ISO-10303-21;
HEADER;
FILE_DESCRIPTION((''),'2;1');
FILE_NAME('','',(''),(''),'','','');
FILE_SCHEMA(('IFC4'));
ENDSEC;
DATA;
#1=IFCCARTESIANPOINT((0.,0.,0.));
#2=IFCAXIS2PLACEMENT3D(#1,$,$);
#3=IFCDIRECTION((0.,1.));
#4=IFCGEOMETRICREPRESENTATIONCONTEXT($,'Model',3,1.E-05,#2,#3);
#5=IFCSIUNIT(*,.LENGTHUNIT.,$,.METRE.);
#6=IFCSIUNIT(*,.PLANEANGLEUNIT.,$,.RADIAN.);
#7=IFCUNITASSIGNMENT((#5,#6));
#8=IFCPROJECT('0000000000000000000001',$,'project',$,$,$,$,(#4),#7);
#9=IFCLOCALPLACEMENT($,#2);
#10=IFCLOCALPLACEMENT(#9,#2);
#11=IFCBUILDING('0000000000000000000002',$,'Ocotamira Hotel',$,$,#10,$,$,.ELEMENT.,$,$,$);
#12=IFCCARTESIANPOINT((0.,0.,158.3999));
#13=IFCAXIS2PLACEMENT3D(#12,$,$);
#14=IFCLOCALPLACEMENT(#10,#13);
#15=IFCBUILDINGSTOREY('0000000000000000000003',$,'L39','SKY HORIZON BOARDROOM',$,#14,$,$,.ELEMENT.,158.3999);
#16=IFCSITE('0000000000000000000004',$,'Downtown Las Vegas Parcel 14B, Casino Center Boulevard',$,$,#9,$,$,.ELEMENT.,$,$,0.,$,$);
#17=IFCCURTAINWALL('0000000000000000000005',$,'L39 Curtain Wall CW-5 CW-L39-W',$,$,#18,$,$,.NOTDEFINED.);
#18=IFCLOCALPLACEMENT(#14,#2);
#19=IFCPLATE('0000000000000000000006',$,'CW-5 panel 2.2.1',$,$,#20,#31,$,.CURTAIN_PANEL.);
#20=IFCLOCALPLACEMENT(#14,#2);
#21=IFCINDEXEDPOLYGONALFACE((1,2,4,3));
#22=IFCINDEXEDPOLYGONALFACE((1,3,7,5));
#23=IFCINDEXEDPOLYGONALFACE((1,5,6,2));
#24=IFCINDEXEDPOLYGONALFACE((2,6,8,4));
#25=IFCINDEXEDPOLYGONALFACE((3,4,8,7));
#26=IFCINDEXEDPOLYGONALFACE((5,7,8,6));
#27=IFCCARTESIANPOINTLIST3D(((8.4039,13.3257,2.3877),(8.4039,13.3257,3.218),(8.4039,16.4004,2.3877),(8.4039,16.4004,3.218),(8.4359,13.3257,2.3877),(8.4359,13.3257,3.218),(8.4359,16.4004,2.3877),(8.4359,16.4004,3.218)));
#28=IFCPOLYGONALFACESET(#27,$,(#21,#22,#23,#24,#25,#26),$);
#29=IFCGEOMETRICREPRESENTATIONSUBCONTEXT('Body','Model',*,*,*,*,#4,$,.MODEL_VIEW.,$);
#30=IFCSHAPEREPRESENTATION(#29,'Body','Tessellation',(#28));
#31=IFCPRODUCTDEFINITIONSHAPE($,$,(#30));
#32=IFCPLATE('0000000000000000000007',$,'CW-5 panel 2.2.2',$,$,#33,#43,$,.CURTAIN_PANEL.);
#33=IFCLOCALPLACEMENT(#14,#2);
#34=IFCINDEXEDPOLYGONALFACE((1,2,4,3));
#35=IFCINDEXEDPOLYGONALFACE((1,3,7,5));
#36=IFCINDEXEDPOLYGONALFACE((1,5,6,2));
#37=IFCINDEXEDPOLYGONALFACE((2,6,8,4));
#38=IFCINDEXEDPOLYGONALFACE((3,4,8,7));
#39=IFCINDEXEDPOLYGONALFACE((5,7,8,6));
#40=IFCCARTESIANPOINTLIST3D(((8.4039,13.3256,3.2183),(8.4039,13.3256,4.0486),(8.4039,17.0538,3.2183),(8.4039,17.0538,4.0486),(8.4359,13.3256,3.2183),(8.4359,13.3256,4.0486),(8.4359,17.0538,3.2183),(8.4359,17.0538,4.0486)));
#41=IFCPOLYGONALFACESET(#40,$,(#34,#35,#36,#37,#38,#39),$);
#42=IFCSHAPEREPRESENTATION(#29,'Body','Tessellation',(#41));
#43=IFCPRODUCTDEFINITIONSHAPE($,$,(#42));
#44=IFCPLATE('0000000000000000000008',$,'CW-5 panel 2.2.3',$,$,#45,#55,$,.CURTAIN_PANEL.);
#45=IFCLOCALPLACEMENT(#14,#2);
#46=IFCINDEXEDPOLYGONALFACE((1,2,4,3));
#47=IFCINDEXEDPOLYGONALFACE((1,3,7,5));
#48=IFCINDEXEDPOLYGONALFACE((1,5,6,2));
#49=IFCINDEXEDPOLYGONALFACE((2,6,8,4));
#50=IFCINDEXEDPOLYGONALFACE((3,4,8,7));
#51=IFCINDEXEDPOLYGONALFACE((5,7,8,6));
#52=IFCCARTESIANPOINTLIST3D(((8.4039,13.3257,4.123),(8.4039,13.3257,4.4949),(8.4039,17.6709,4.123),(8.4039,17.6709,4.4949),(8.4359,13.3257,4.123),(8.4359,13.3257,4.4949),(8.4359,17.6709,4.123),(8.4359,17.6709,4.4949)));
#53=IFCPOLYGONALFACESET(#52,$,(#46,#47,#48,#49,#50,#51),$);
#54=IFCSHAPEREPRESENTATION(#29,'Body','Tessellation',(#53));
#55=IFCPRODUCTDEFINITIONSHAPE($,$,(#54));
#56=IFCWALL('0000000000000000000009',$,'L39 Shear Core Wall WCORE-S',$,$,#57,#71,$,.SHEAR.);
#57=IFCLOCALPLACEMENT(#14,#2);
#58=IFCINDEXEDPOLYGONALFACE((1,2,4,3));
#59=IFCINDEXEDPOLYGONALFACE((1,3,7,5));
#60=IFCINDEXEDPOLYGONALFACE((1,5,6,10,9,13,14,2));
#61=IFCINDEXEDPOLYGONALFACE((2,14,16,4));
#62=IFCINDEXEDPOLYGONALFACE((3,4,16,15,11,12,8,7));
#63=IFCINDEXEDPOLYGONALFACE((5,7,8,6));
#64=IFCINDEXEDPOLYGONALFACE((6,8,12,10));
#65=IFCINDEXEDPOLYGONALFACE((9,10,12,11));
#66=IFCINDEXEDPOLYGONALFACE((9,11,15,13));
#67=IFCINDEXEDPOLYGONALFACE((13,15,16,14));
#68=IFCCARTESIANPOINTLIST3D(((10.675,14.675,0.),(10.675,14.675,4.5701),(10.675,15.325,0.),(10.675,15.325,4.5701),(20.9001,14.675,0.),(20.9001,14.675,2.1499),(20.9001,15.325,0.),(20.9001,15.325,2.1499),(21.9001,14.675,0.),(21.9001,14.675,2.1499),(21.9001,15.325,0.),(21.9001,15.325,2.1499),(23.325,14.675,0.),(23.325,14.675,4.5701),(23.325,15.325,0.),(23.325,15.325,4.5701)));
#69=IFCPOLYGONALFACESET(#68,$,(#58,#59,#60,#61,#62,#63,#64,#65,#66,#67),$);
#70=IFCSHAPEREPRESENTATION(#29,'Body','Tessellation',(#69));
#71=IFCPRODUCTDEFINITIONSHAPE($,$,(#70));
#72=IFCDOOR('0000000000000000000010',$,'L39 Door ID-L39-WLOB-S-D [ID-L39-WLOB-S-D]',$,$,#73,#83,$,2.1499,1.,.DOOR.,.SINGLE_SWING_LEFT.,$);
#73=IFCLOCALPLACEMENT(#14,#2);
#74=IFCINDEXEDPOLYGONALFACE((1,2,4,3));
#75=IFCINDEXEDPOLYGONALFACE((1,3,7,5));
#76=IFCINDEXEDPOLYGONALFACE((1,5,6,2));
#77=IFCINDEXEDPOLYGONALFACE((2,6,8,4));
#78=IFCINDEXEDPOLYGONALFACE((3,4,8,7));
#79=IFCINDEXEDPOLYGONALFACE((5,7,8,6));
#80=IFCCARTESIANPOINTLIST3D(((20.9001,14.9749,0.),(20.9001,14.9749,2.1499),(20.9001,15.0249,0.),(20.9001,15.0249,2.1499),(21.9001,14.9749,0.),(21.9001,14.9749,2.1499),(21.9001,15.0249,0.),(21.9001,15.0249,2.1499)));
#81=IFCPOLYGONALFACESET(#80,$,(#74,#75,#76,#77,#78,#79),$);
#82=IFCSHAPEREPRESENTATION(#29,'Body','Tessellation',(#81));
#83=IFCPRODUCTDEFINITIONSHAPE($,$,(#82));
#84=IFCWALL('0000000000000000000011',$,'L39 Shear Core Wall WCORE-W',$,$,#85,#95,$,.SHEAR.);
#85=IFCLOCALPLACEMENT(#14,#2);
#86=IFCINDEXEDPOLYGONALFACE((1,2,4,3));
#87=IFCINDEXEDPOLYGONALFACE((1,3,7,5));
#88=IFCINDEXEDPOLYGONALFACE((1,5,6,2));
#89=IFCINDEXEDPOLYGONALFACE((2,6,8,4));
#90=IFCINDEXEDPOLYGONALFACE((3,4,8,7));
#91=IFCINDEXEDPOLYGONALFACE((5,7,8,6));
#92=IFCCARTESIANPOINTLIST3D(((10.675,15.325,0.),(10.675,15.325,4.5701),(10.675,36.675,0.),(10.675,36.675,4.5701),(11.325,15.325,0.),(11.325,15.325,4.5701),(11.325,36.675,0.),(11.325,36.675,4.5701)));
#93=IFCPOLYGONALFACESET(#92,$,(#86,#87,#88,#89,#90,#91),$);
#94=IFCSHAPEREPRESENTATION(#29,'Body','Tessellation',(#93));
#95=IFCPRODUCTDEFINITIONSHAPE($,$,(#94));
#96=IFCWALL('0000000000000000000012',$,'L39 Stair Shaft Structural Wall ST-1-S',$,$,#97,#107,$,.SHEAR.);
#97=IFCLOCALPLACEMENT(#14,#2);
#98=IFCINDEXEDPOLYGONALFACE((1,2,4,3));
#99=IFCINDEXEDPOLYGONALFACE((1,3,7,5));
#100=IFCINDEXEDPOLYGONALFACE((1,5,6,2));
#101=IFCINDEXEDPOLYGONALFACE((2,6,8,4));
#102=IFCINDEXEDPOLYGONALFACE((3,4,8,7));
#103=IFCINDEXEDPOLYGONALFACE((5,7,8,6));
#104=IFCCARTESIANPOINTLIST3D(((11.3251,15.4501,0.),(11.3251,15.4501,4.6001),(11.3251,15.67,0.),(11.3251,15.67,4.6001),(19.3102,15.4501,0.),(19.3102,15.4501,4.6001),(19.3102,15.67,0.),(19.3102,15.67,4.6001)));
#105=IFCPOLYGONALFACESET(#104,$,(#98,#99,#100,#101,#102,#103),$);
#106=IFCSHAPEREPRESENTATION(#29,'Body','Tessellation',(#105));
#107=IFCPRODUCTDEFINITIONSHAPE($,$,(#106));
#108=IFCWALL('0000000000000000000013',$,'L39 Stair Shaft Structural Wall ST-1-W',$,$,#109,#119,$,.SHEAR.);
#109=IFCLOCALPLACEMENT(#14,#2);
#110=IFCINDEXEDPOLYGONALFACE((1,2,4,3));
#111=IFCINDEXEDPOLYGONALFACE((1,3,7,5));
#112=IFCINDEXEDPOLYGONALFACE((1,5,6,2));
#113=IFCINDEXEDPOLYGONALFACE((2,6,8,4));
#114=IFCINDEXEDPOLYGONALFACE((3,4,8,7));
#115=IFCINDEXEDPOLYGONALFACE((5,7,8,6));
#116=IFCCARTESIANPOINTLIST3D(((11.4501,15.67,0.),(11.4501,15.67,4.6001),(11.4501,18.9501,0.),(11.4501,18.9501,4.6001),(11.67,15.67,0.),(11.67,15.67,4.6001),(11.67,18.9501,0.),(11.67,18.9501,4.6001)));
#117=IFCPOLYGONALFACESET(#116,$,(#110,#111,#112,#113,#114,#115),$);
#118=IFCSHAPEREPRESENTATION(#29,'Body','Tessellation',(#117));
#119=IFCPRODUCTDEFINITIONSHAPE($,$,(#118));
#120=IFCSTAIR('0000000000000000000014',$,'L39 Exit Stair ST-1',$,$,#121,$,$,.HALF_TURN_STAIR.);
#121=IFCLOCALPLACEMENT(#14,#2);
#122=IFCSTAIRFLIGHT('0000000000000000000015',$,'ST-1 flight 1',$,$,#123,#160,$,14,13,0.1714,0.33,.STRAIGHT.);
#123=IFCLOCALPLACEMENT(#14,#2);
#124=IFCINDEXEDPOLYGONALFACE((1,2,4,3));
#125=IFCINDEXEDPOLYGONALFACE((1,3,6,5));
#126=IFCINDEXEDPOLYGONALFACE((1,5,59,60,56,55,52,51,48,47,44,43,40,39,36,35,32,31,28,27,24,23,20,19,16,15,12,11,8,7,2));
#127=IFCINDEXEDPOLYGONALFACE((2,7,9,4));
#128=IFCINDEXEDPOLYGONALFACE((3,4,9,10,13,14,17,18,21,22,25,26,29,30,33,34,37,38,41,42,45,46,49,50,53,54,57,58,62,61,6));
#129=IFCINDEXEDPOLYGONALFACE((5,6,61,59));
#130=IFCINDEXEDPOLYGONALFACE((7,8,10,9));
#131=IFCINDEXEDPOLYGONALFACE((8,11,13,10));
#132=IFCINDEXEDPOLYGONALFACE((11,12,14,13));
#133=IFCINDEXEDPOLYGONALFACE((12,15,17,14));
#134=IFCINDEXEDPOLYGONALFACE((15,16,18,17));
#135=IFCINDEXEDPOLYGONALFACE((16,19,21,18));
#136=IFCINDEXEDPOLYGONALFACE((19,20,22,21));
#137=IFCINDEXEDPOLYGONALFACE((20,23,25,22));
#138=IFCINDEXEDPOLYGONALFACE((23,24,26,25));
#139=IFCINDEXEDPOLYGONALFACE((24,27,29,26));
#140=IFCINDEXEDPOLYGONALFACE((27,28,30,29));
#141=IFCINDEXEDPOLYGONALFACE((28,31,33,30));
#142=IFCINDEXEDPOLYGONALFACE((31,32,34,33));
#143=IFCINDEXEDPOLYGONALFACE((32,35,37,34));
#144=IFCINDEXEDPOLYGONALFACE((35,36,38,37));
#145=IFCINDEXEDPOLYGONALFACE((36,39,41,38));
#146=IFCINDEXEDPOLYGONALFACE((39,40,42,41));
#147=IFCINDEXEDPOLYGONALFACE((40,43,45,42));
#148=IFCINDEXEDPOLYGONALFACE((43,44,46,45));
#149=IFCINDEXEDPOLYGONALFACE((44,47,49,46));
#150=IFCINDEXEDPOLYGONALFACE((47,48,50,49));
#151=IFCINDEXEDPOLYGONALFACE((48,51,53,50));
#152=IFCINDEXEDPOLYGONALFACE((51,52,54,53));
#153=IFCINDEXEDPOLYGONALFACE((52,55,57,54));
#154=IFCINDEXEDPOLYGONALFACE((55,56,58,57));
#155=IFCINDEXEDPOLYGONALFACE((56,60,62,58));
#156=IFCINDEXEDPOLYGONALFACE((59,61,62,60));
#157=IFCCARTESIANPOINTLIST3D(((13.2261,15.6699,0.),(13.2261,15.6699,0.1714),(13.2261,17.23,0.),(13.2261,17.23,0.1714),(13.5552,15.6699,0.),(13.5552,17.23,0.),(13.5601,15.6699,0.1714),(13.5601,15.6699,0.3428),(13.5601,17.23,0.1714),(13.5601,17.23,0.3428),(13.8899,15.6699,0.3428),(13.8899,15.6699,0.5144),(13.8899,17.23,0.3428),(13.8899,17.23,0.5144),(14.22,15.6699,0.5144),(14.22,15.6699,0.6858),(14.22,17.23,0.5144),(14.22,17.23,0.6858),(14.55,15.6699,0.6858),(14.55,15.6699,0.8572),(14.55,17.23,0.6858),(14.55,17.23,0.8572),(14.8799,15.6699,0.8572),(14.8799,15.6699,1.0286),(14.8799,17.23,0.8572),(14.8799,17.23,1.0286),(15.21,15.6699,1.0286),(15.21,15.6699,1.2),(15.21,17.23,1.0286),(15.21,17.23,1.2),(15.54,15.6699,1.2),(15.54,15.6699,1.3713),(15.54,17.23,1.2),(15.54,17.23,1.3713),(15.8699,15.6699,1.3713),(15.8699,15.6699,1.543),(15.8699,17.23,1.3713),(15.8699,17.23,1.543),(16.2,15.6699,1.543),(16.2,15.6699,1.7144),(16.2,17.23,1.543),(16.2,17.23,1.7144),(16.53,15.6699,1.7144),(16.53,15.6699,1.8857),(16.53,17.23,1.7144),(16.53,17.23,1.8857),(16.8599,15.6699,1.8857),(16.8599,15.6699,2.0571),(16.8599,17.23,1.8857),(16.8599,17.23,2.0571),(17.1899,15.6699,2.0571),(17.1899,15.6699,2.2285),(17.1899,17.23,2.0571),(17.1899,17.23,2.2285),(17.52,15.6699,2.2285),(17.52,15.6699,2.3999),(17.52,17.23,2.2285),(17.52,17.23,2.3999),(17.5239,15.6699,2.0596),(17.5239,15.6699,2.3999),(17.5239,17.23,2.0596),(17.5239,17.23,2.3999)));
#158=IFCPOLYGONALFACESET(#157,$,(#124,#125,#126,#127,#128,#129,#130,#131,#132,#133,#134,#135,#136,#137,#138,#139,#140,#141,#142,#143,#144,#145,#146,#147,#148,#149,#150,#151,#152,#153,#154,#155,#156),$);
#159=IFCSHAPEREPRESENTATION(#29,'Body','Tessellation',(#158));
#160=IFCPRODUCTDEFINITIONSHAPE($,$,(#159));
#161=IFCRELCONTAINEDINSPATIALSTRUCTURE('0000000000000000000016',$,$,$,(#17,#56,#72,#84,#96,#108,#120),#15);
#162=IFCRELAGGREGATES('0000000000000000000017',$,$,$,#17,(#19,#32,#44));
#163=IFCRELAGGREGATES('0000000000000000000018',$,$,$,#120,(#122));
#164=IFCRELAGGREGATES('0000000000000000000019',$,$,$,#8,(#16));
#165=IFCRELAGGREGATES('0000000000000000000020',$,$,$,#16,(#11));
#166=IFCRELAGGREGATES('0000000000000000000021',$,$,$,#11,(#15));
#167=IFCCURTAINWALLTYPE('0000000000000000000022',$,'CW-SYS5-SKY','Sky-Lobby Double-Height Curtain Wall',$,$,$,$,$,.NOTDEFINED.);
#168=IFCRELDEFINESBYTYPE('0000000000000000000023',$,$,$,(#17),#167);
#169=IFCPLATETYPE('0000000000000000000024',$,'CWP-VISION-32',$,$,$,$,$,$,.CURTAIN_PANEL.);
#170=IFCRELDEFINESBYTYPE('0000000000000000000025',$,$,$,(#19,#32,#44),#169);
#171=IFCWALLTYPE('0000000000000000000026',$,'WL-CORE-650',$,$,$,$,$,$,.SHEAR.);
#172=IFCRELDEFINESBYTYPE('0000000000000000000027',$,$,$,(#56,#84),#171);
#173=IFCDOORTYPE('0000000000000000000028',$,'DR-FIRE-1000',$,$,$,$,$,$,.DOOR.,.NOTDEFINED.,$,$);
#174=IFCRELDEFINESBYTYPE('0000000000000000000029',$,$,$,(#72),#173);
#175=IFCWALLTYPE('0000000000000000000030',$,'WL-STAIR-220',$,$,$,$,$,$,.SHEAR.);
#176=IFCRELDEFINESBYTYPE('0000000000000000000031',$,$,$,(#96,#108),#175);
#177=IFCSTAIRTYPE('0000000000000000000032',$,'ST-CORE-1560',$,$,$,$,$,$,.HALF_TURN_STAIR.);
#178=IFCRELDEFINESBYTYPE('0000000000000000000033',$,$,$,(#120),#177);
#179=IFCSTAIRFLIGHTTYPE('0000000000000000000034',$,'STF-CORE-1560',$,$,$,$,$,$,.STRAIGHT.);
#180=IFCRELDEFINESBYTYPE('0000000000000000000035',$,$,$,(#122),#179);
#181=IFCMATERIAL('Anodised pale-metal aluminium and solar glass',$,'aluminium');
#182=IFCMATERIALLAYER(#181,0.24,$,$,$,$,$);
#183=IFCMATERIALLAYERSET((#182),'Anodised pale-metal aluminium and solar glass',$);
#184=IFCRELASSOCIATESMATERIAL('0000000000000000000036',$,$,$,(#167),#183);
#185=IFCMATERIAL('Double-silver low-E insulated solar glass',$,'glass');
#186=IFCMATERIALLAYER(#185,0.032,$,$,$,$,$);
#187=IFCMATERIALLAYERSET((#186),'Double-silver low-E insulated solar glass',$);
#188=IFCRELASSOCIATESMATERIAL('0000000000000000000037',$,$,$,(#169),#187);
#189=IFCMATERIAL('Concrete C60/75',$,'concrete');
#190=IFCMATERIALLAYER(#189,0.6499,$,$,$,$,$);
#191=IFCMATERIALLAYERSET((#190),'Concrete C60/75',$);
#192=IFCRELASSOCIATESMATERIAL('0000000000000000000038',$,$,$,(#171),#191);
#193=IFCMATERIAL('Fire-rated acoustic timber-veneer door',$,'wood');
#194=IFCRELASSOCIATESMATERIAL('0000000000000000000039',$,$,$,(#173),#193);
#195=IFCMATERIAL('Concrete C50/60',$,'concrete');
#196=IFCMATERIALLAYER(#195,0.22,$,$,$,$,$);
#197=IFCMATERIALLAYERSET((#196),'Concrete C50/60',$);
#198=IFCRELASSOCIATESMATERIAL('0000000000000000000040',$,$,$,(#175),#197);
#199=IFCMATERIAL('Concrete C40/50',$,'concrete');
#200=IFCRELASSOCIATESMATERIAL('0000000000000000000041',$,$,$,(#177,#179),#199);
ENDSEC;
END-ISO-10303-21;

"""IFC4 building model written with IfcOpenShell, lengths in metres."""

from ifc_helpers import new_model, si_unit, direction, frame, frame_2d, origin, origin_2d, place, context, subcontext, project, spatial, polyline, rectangle, outline, extrude, source, transform, mapped, material, layer, layer_set, type_object, element, fill, aggregate, save


model = new_model("IFC4")

# Units and contexts
model_context = context("Model", 3, precision=1e-05, world=origin(), true_north=direction((0.0, 1.0)))
body_context = subcontext(model_context, "Body", "Model", "MODEL_VIEW")
ifc_project = project(units=[si_unit("LENGTHUNIT", "METRE"), si_unit("PLANEANGLEUNIT", "RADIAN")], contexts=[model_context])

# Site, building, storey
site_placement = place(None, origin())
site = spatial("IfcSite", under=ifc_project, at=site_placement, Name="Downtown Las Vegas Parcel 14B, Casino Center Boulevard", CompositionType="ELEMENT", RefElevation=0.0)
building_placement = place(site_placement, origin())
building = spatial("IfcBuilding", under=site, at=building_placement, Name="Ocotamira Hotel", CompositionType="ELEMENT")
storey_placement = place(building_placement, frame((0.0, 0.0, 158.3999)))
storey = spatial("IfcBuildingStorey", under=building, at=storey_placement, Name="L39", Description="SKY HORIZON BOARDROOM", CompositionType="ELEMENT", Elevation=158.3999)

# Curtain wall
ifc_material_1 = material(Name="Anodised pale-metal aluminium and solar glass", Category="aluminium")
ifc_layer_1 = layer(ifc_material_1, 0.24)
ifc_layer_set_1 = layer_set([ifc_layer_1], Name="Anodised pale-metal aluminium and solar glass")
curtain_wall_type = type_object("IfcCurtainWallType", Name="CW-SYS5-SKY", Description="Sky-Lobby Double-Height Curtain Wall", PredefinedType="NOTDEFINED", material=ifc_layer_set_1)
curtain_wall_placement = place(storey_placement, origin())
curtain_wall = element("IfcCurtainWall", 1, at=curtain_wall_placement, inside=storey, type_object=curtain_wall_type, Name="L39 Curtain Wall CW-5 CW-L39-W", PredefinedType="NOTDEFINED")

# Plates
ifc_material_2 = material(Name="Double-silver low-E insulated solar glass", Category="glass")
ifc_layer_2 = layer(ifc_material_2, 0.032)
ifc_layer_set_2 = layer_set([ifc_layer_2], Name="Double-silver low-E insulated solar glass")
plate_type_1 = type_object("IfcPlateType", Name="CWP-VISION-32", PredefinedType="CURTAIN_PANEL", material=ifc_layer_set_2)
shared_shape_1 = source(origin(), body_context, "Body", "SweptSolid", [
    extrude(rectangle(XDim=3.0747, YDim=0.032, at=origin_2d()), origin(), (0.0, 0.0, 1.0), 0.8303),
])
plate_1_placement = place(storey_placement, frame((8.4199, 14.863, 2.3877), z_axis=(0.0, 0.0, 1.0), x_axis=(0.0, 1.0, 0.0)))
plate_1 = element("IfcPlate", 2, at=plate_1_placement, type_object=plate_type_1, Name="CW-5 panel 2.2.1", PredefinedType="CURTAIN_PANEL", context=body_context, shape_type="MappedRepresentation", body=[
    mapped(shared_shape_1, transform((0.0, 0.0, 0.0), scale=1.0)),
])
shared_shape_2 = source(origin(), body_context, "Body", "SweptSolid", [
    extrude(rectangle(XDim=3.7283, YDim=0.032, at=origin_2d()), origin(), (0.0, 0.0, 1.0), 0.8303),
])
plate_2_placement = place(storey_placement, frame((8.4199, 15.1897, 3.2183), z_axis=(0.0, 0.0, 1.0), x_axis=(0.0, 1.0, 0.0)))
plate_2 = element("IfcPlate", 3, at=plate_2_placement, type_object=plate_type_1, Name="CW-5 panel 2.2.2", PredefinedType="CURTAIN_PANEL", context=body_context, shape_type="MappedRepresentation", body=[
    mapped(shared_shape_2, transform((0.0, 0.0, 0.0), scale=1.0)),
])
shared_shape_3 = source(origin(), body_context, "Body", "SweptSolid", [
    extrude(rectangle(XDim=4.3452, YDim=0.032, at=origin_2d()), origin(), (0.0, 0.0, 1.0), 0.3718),
])
plate_3_placement = place(storey_placement, frame((8.4199, 15.4983, 4.123), z_axis=(0.0, 0.0, 1.0), x_axis=(0.0, 1.0, 0.0)))
plate_3 = element("IfcPlate", 4, at=plate_3_placement, type_object=plate_type_1, Name="CW-5 panel 2.2.3", PredefinedType="CURTAIN_PANEL", context=body_context, shape_type="MappedRepresentation", body=[
    mapped(shared_shape_3, transform((0.0, 0.0, 0.0), scale=1.0)),
])
aggregate(curtain_wall, [plate_1, plate_2, plate_3])

# Wall, opening, door
ifc_material_3 = material(Name="Concrete C60/75", Category="concrete")
ifc_layer_3 = layer(ifc_material_3, 0.6499)
ifc_layer_set_3 = layer_set([ifc_layer_3], Name="Concrete C60/75")
wall_type_1 = type_object("IfcWallType", Name="WL-CORE-650", PredefinedType="SHEAR", material=ifc_layer_set_3)
wall_1_placement = place(storey_placement, frame((10.675, 15.0, 0.0), z_axis=(0.0, 0.0, 1.0), x_axis=(1.0, 0.0, 0.0)))
wall_1 = element("IfcWall", 5, at=wall_1_placement, inside=storey, type_object=wall_type_1, Name="L39 Shear Core Wall WCORE-S", PredefinedType="SHEAR", context=body_context, shape_type="SweptSolid", body=[
    extrude(rectangle(XDim=12.6499, YDim=0.6499, at=frame_2d((6.325, 0.0))), origin(), (0.0, 0.0, 1.0), 4.5701),
])
opening_1_placement = place(wall_1_placement, frame((10.2251, 0.0, 0.0)))
opening_1 = element("IfcOpeningElement", 6, at=opening_1_placement, cuts=wall_1, PredefinedType="OPENING", context=body_context, shape_type="SweptSolid", body=[
    extrude(rectangle(XDim=1.0, YDim=2.1499, at=frame_2d((0.5, 1.075))), frame((0.0, 0.335, 0.0), z_axis=(0.0, -1.0, 0.0), x_axis=(1.0, 0.0, 0.0)), (0.0, 0.0, 1.0), 0.6699),
])
ifc_material_4 = material(Name="Fire-rated acoustic timber-veneer door", Category="wood")
door_type_1 = type_object("IfcDoorType", Name="DR-FIRE-1000", OperationType="NOTDEFINED", PredefinedType="DOOR", material=ifc_material_4)
shared_shape_4 = source(origin(), body_context, "Body", "SweptSolid", [
    extrude(rectangle(XDim=1.0, YDim=2.1499, at=frame_2d((0.5, 1.075))), frame((0.0, 0.0249, 0.0), z_axis=(0.0, -1.0, 0.0), x_axis=(1.0, 0.0, 0.0)), (0.0, 0.0, 1.0), 0.05),
])
door_1_placement = place(opening_1_placement, origin())
door_1 = element("IfcDoor", 7, at=door_1_placement, inside=storey, type_object=door_type_1, Name="L39 Door ID-L39-WLOB-S-D [ID-L39-WLOB-S-D]", OperationType="SINGLE_SWING_LEFT", OverallHeight=2.1499, OverallWidth=1.0, PredefinedType="DOOR", context=body_context, shape_type="MappedRepresentation", body=[
    mapped(shared_shape_4, transform((0.0, 0.0, 0.0), scale=1.0)),
])
fill(opening_1, door_1)

# Wall
wall_2_placement = place(storey_placement, frame((11.0, 15.325, 0.0), z_axis=(0.0, 0.0, 1.0), x_axis=(0.0, 1.0, 0.0)))
element("IfcWall", 8, at=wall_2_placement, inside=storey, type_object=wall_type_1, Name="L39 Shear Core Wall WCORE-W", PredefinedType="SHEAR", context=body_context, shape_type="SweptSolid", body=[
    extrude(rectangle(XDim=21.3501, YDim=0.6499, at=frame_2d((10.675, 0.0))), origin(), (0.0, 0.0, 1.0), 4.5701),
])

# Walls
ifc_material_5 = material(Name="Concrete C50/60", Category="concrete")
ifc_layer_4 = layer(ifc_material_5, 0.22)
ifc_layer_set_4 = layer_set([ifc_layer_4], Name="Concrete C50/60")
wall_type_2 = type_object("IfcWallType", Name="WL-STAIR-220", PredefinedType="SHEAR", material=ifc_layer_set_4)
wall_3_placement = place(storey_placement, frame((11.325, 15.5601, 0.0), z_axis=(0.0, 0.0, 1.0), x_axis=(1.0, 0.0, 0.0)))
element("IfcWall", 9, at=wall_3_placement, inside=storey, type_object=wall_type_2, Name="L39 Stair Shaft Structural Wall ST-1-S", PredefinedType="SHEAR", context=body_context, shape_type="SweptSolid", body=[
    extrude(rectangle(XDim=7.9851, YDim=0.22, at=frame_2d((3.9927, 0.0))), origin(), (0.0, 0.0, 1.0), 4.6001),
])
wall_4_placement = place(storey_placement, frame((11.5601, 15.6699, 0.0), z_axis=(0.0, 0.0, 1.0), x_axis=(0.0, 1.0, 0.0)))
element("IfcWall", 10, at=wall_4_placement, inside=storey, type_object=wall_type_2, Name="L39 Stair Shaft Structural Wall ST-1-W", PredefinedType="SHEAR", context=body_context, shape_type="SweptSolid", body=[
    extrude(rectangle(XDim=3.28, YDim=0.22, at=frame_2d((1.6401, 0.0))), origin(), (0.0, 0.0, 1.0), 4.6001),
])

# Stair, stair flight
ifc_material_6 = material(Name="Concrete C40/50", Category="concrete")
stair_type = type_object("IfcStairType", Name="ST-CORE-1560", PredefinedType="HALF_TURN_STAIR", material=ifc_material_6)
stair_placement = place(storey_placement, origin())
stair = element("IfcStair", 11, at=stair_placement, inside=storey, type_object=stair_type, Name="L39 Exit Stair ST-1", PredefinedType="HALF_TURN_STAIR")
stair_flight_type = type_object("IfcStairFlightType", Name="STF-CORE-1560", PredefinedType="STRAIGHT", material=ifc_material_6)
shared_shape_5 = source(origin(), body_context, "Body", "SweptSolid", [
    extrude(outline(polyline([(-0.0039, 0.0), (-0.0039, 0.1714), (0.3301, 0.1714), (0.3301, 0.3428), (0.6599, 0.3428), (0.6599, 0.5144), (0.99, 0.5144), (0.99, 0.6858), (1.3201, 0.6858), (1.3201, 0.8572), (1.6499, 0.8572), (1.6499, 1.0286), (1.98, 1.0286), (1.98, 1.2), (2.3101, 1.2), (2.3101, 1.3713), (2.6399, 1.3713), (2.6399, 1.543), (2.97, 1.543), (2.97, 1.7144), (3.3, 1.7144), (3.3, 1.8857), (3.6299, 1.8857), (3.6299, 2.0571), (3.96, 2.0571), (3.96, 2.2285), (4.29, 2.2285), (4.29, 2.3999), (4.2939, 2.3999), (4.2939, 2.0596), (0.3252, 0.0), (-0.0039, 0.0)])), frame((0.0, 0.78, 0.0), z_axis=(0.0, -1.0, 0.0), x_axis=(1.0, 0.0, 0.0)), (0.0, 0.0, 1.0), 1.5601),
])
stair_flight_placement = place(storey_placement, frame((13.23, 16.45, 0.0), z_axis=(0.0, 0.0, 1.0), x_axis=(1.0, 0.0, 0.0)))
stair_flight = element("IfcStairFlight", 12, at=stair_flight_placement, type_object=stair_flight_type, Name="ST-1 flight 1", NumberOfRisers=14, NumberOfTreads=13, PredefinedType="STRAIGHT", RiserHeight=0.1714, TreadLength=0.33, context=body_context, shape_type="MappedRepresentation", body=[
    mapped(shared_shape_5, transform((0.0, 0.0, 0.0), scale=1.0)),
])
aggregate(stair, [stair_flight])

save(model, "model.ifc")
